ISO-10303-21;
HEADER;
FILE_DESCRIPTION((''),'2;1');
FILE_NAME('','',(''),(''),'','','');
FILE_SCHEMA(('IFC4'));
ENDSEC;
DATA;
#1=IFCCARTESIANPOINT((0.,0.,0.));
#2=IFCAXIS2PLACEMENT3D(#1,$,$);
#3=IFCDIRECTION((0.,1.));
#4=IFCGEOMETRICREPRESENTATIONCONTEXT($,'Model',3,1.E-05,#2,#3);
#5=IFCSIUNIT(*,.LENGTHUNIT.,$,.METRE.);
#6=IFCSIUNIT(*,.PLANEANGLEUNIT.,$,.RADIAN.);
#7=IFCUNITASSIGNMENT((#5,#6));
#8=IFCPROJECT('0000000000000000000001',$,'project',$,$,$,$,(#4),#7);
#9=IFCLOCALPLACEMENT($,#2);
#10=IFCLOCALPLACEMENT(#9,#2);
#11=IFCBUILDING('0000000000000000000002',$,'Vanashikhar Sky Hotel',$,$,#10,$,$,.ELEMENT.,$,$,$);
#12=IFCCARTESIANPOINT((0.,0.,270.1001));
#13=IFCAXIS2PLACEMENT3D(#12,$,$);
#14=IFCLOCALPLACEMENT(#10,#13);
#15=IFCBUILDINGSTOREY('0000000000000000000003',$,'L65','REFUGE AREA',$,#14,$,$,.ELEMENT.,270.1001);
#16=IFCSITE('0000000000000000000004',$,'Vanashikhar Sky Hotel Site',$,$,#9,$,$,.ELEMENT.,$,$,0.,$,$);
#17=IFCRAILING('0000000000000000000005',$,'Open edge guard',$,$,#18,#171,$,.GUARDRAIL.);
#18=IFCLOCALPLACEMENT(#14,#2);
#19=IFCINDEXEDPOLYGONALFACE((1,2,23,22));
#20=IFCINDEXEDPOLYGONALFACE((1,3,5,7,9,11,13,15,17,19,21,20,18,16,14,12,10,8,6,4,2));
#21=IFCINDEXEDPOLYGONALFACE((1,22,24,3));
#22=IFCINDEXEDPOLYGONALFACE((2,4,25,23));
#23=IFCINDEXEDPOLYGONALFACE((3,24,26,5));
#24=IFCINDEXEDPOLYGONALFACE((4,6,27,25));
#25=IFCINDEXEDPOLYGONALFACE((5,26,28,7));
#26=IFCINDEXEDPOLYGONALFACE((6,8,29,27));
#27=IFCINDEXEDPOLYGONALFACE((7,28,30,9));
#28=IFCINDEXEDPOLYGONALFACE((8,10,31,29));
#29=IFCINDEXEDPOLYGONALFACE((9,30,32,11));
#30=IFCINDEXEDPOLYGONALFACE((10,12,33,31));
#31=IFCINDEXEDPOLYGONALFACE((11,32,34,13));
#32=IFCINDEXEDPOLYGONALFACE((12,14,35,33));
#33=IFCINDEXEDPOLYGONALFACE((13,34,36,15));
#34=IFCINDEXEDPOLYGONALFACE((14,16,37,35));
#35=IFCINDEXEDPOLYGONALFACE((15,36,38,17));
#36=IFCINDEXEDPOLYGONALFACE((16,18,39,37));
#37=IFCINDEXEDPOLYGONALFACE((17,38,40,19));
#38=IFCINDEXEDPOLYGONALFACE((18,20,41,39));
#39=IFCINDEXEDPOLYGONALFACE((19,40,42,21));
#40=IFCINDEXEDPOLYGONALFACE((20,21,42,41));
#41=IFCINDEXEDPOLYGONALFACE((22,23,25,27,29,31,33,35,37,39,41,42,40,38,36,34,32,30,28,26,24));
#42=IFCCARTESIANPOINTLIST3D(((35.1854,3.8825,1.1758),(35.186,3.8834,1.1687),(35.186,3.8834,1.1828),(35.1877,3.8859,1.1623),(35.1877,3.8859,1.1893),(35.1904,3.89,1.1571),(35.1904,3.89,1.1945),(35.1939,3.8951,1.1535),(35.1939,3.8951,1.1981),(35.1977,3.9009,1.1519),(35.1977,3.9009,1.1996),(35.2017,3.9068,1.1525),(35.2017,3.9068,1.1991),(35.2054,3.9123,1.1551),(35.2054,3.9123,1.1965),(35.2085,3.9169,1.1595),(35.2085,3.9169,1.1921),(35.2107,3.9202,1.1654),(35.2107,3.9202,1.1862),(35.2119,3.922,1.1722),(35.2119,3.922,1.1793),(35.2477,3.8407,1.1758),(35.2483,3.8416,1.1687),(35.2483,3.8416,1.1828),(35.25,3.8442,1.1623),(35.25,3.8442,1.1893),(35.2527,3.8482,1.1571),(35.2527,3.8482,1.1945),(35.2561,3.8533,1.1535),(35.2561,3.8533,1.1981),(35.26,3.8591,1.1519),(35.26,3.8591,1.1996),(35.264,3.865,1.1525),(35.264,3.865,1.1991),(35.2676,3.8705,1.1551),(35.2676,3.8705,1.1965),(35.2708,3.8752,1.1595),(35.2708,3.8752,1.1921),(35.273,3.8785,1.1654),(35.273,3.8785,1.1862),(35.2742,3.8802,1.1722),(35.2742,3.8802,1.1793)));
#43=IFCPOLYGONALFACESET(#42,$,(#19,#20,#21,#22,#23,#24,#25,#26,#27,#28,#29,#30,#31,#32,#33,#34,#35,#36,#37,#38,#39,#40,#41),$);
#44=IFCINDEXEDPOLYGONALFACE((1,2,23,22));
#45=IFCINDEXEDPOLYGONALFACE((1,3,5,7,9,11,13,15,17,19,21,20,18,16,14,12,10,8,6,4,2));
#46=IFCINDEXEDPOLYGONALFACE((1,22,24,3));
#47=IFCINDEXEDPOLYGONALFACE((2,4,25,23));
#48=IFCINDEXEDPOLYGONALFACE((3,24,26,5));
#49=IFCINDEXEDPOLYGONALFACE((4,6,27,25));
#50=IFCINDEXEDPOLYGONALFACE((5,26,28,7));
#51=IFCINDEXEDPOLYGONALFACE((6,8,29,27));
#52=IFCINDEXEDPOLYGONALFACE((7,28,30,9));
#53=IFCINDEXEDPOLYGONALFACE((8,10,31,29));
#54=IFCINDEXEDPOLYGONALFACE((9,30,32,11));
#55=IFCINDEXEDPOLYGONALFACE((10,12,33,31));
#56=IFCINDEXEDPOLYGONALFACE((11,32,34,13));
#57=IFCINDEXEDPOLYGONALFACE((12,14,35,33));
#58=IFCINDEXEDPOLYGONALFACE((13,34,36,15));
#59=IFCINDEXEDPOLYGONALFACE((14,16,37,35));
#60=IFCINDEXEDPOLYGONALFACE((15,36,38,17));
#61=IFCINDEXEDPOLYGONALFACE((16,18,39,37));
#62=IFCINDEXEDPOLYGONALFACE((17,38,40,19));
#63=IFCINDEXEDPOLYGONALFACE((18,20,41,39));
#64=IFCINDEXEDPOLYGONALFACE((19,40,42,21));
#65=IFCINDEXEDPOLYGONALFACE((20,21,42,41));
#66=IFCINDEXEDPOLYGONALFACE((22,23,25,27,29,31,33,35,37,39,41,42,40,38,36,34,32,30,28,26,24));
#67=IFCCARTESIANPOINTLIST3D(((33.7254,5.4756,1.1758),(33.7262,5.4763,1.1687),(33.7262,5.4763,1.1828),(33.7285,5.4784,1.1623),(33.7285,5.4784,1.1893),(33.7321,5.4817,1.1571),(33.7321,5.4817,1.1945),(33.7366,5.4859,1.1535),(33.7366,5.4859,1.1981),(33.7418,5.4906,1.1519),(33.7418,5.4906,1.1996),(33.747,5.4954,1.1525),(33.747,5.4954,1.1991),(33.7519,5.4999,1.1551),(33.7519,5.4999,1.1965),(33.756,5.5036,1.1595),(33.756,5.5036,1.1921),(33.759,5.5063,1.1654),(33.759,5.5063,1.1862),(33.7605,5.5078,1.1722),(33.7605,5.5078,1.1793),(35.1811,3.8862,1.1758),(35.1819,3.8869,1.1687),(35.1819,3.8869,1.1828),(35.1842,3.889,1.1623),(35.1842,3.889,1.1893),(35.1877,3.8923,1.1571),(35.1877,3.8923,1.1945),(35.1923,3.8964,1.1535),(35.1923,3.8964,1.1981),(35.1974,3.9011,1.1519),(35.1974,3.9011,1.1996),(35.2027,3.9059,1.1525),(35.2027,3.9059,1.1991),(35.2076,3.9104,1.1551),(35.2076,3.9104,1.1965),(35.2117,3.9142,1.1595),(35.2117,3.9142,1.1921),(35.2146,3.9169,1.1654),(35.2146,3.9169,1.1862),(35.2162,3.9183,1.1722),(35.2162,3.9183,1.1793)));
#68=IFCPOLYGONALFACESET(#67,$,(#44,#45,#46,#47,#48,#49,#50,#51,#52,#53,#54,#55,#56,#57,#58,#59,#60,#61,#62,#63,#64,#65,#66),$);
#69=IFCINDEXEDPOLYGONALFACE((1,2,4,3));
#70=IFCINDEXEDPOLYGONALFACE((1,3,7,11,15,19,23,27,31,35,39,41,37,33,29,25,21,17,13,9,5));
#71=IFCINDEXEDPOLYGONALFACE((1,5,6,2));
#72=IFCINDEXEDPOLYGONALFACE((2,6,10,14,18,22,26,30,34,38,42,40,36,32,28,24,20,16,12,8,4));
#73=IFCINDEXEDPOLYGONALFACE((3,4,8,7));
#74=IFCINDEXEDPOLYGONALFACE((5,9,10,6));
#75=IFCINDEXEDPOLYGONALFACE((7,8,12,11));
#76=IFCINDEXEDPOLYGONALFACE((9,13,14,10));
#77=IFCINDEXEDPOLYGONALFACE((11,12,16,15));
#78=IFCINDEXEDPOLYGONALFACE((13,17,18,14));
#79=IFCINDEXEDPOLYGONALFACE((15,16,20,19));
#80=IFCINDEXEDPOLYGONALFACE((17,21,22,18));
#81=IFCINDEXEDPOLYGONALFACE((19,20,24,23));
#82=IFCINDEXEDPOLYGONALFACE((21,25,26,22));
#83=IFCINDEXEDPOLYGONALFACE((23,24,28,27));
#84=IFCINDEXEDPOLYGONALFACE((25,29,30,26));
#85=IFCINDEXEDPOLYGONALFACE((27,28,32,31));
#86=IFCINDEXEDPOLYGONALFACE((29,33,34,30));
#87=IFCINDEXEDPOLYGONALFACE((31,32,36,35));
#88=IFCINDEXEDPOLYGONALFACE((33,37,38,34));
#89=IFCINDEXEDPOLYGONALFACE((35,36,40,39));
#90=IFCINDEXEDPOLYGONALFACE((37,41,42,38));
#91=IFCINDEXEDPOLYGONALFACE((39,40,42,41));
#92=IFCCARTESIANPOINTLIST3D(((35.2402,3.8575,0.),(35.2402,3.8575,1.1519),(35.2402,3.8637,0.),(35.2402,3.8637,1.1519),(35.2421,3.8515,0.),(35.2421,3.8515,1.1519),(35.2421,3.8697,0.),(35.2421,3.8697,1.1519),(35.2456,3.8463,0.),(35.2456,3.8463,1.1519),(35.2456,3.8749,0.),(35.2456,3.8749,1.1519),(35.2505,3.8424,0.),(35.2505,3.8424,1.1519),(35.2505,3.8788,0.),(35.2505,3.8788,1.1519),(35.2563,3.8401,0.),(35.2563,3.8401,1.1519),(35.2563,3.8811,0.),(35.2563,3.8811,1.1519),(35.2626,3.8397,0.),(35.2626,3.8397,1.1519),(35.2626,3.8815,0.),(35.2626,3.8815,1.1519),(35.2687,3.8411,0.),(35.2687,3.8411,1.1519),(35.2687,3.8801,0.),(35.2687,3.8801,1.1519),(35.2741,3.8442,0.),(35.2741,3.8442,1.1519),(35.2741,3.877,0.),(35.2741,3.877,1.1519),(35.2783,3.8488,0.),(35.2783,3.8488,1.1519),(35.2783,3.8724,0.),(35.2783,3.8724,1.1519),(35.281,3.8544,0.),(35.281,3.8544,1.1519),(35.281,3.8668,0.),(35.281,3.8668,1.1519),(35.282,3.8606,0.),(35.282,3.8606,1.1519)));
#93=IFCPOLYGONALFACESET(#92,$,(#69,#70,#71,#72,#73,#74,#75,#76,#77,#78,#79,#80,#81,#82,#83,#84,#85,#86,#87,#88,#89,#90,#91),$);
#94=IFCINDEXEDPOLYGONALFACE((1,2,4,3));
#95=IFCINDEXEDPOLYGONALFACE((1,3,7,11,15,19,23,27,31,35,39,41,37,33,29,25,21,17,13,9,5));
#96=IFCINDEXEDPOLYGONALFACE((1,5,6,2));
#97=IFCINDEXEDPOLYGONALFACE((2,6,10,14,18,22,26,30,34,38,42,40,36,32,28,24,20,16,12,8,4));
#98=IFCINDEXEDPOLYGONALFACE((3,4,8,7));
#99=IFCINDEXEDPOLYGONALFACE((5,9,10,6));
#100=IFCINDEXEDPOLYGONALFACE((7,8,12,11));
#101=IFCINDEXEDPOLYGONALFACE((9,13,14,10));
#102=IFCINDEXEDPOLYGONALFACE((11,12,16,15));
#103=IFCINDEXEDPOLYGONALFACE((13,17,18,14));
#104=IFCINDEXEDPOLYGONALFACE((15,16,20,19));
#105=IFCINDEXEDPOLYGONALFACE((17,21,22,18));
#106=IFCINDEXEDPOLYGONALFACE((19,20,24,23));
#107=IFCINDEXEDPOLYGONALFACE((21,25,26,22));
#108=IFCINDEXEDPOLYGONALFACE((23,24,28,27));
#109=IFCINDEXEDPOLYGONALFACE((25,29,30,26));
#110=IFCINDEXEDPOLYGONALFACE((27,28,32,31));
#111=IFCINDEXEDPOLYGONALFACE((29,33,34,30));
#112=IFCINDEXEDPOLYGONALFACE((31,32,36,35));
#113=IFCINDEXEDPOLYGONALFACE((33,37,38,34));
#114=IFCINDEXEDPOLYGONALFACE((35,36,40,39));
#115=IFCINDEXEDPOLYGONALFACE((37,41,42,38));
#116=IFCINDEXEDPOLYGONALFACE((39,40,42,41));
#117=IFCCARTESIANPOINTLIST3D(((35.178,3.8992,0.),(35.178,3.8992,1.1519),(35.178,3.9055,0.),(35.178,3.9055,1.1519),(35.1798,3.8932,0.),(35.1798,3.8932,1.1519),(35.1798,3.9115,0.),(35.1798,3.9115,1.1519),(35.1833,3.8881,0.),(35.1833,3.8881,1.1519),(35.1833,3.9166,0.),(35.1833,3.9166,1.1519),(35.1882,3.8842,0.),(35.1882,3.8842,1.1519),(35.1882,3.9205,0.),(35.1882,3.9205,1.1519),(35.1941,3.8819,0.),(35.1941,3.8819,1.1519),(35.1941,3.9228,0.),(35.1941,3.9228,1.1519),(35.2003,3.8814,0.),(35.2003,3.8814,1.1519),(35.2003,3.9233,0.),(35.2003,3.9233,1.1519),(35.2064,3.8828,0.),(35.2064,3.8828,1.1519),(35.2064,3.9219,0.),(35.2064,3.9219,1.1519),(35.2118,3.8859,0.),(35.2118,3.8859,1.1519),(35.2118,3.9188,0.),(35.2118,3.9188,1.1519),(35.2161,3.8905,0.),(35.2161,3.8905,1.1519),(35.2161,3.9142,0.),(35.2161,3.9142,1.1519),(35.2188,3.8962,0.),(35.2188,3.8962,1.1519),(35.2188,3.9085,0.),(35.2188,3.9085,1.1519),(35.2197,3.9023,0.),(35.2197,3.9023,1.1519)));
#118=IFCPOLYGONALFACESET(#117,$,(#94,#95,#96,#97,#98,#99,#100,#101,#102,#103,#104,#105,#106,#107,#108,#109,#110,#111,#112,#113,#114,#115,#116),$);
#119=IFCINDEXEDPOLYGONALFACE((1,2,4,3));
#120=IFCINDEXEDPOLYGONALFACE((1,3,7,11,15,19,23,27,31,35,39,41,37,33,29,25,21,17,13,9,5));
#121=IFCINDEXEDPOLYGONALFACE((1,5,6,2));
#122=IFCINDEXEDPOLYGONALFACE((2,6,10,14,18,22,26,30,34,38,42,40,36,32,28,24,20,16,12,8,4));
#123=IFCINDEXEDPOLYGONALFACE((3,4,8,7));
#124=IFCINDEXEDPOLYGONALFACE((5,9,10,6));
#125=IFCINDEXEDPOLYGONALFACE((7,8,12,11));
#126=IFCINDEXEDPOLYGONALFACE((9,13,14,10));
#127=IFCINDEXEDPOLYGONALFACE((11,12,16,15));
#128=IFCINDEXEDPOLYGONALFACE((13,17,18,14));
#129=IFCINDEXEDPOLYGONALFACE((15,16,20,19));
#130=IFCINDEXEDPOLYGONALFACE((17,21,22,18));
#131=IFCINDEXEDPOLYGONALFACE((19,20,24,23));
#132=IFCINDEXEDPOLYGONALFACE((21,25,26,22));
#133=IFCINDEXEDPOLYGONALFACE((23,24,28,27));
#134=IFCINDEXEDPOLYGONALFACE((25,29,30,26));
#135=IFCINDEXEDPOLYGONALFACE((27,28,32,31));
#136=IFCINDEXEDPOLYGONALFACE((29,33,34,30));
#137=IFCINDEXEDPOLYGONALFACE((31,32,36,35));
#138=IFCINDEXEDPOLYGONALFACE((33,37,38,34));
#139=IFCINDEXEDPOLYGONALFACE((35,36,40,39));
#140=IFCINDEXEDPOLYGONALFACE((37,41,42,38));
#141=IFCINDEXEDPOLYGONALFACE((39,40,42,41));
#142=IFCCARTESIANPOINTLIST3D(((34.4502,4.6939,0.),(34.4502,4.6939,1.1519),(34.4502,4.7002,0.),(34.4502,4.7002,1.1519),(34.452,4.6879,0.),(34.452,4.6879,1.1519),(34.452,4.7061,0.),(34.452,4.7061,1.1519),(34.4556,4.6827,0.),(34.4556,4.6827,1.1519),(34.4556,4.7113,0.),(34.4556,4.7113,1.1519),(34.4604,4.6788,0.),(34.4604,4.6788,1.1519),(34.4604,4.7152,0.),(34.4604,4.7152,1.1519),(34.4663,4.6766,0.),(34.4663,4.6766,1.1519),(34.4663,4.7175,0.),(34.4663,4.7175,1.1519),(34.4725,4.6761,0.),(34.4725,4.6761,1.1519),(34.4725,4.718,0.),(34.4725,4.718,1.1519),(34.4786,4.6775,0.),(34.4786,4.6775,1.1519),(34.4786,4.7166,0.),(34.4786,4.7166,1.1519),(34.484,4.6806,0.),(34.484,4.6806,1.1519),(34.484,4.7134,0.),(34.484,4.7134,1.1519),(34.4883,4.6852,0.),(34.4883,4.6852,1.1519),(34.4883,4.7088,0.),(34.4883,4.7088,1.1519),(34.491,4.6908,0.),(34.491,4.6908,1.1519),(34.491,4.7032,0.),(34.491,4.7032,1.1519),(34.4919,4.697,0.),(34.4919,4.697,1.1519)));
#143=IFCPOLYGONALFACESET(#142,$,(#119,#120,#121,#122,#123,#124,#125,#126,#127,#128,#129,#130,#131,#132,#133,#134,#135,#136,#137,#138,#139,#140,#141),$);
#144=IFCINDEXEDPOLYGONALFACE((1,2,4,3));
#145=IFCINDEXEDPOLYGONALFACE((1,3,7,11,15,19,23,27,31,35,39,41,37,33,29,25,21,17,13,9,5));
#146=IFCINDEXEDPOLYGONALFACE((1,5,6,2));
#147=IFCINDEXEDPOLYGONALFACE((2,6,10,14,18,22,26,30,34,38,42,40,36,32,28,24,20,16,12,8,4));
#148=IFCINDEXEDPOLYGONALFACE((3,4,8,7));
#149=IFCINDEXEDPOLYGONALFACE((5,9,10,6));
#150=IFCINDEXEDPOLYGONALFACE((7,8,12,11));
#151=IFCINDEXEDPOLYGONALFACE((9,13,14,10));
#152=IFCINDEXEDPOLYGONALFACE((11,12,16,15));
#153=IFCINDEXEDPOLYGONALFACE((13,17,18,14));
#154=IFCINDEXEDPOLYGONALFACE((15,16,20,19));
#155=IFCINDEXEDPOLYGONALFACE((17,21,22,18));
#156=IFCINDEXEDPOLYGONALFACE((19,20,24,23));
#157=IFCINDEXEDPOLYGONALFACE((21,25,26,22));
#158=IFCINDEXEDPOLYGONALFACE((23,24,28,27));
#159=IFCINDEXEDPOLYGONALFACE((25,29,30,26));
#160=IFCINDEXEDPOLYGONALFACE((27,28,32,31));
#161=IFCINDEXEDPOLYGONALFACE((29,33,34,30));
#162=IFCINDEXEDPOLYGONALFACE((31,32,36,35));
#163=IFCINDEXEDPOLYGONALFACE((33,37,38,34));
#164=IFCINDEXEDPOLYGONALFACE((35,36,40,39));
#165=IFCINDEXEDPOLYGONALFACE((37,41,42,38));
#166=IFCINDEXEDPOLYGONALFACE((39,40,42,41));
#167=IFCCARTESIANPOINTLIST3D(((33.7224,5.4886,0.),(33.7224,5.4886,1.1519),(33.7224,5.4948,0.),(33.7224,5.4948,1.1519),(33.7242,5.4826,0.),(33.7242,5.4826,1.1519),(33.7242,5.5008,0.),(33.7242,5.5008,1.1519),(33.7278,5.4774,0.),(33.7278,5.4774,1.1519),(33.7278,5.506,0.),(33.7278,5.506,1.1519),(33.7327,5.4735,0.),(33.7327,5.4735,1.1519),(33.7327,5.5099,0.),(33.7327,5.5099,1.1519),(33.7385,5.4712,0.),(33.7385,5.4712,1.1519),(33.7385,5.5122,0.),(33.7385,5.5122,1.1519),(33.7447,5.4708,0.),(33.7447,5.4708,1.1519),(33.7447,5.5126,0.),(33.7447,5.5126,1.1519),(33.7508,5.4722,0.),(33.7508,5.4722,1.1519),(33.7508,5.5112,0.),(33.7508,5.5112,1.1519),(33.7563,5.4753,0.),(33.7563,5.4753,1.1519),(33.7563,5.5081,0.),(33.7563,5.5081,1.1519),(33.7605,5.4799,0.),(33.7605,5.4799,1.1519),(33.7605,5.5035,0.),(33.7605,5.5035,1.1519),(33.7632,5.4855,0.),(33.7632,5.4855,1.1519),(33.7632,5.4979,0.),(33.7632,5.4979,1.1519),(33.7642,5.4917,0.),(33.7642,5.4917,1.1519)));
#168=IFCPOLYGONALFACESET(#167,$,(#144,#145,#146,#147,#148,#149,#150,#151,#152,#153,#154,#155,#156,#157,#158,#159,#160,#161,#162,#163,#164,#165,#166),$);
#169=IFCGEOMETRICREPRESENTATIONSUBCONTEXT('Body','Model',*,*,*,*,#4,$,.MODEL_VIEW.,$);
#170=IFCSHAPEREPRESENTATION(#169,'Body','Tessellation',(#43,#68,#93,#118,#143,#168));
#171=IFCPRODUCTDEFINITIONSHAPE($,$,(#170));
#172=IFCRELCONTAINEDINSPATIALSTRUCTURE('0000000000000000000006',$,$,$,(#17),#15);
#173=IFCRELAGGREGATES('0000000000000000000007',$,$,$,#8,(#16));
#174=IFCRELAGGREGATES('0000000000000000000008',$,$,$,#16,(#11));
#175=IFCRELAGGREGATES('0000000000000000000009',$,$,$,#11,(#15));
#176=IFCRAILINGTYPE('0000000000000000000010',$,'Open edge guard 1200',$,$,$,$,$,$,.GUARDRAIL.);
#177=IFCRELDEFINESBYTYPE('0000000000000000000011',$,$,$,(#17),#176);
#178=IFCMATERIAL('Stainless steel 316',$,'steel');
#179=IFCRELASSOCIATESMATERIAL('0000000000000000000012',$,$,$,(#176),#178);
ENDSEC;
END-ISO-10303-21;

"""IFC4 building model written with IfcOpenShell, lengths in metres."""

from ifc_helpers import new_model, si_unit, direction, frame, origin, origin_2d, place, context, subcontext, project, spatial, circle, extrude, source, transform, mapped, material, type_object, element, save


model = new_model("IFC4")

# Units and contexts
model_context = context("Model", 3, precision=1e-05, world=origin(), true_north=direction((0.0, 1.0)))
body_context = subcontext(model_context, "Body", "Model", "MODEL_VIEW")
ifc_project = project(units=[si_unit("LENGTHUNIT", "METRE"), si_unit("PLANEANGLEUNIT", "RADIAN")], contexts=[model_context])

# Site, building, storey
site_placement = place(None, origin())
site = spatial("IfcSite", under=ifc_project, at=site_placement, Name="Vanashikhar Sky Hotel Site", CompositionType="ELEMENT", RefElevation=0.0)
building_placement = place(site_placement, origin())
building = spatial("IfcBuilding", under=site, at=building_placement, Name="Vanashikhar Sky Hotel", CompositionType="ELEMENT")
storey_placement = place(building_placement, frame((0.0, 0.0, 270.1001)))
storey = spatial("IfcBuildingStorey", under=building, at=storey_placement, Name="L65", Description="REFUGE AREA", CompositionType="ELEMENT", Elevation=270.1001)

# Railing
ifc_material_1 = material(Name="Stainless steel 316", Category="steel")
railing_type = type_object("IfcRailingType", Name="Open edge guard 1200", PredefinedType="GUARDRAIL", material=ifc_material_1)
shared_shape_1 = source(origin(), body_context, "Body", "SweptSolid", [
    extrude(circle(Radius=0.0239, at=origin_2d()), frame((0.0, 0.0, 1.1758), z_axis=(-0.830544, 0.556953, 0.0), x_axis=(-0.556953, -0.830544, 0.0)), (0.0, 0.0, 1.0), 0.075),
    extrude(circle(Radius=0.0239, at=origin_2d()), frame((-0.0623, 0.0417, 1.1758), z_axis=(-0.675386, 0.737464, 0.0), x_axis=(-0.737464, -0.675386, 0.0)), (0.0, 0.0, 1.0), 2.1553),
    extrude(circle(Radius=0.021, at=origin_2d()), origin(), (0.0, 0.0, 1.0), 1.1519),
    extrude(circle(Radius=0.021, at=origin_2d()), frame((-0.0623, 0.0417, 0.0)), (0.0, 0.0, 1.0), 1.1519),
    extrude(circle(Radius=0.021, at=origin_2d()), frame((-0.79, 0.8364, 0.0)), (0.0, 0.0, 1.0), 1.1519),
    extrude(circle(Radius=0.021, at=origin_2d()), frame((-1.5178, 1.6311, 0.0)), (0.0, 0.0, 1.0), 1.1519),
])
railing_1_placement = place(storey_placement, frame((35.261, 3.8606, 0.0)))
element("IfcRailing", 1, at=railing_1_placement, inside=storey, type_object=railing_type, Name="Open edge guard", PredefinedType="GUARDRAIL", context=body_context, shape_type="MappedRepresentation", body=[
    mapped(shared_shape_1, transform((0.0, 0.0, 0.0), scale=1.0)),
])

save(model, "model.ifc")
